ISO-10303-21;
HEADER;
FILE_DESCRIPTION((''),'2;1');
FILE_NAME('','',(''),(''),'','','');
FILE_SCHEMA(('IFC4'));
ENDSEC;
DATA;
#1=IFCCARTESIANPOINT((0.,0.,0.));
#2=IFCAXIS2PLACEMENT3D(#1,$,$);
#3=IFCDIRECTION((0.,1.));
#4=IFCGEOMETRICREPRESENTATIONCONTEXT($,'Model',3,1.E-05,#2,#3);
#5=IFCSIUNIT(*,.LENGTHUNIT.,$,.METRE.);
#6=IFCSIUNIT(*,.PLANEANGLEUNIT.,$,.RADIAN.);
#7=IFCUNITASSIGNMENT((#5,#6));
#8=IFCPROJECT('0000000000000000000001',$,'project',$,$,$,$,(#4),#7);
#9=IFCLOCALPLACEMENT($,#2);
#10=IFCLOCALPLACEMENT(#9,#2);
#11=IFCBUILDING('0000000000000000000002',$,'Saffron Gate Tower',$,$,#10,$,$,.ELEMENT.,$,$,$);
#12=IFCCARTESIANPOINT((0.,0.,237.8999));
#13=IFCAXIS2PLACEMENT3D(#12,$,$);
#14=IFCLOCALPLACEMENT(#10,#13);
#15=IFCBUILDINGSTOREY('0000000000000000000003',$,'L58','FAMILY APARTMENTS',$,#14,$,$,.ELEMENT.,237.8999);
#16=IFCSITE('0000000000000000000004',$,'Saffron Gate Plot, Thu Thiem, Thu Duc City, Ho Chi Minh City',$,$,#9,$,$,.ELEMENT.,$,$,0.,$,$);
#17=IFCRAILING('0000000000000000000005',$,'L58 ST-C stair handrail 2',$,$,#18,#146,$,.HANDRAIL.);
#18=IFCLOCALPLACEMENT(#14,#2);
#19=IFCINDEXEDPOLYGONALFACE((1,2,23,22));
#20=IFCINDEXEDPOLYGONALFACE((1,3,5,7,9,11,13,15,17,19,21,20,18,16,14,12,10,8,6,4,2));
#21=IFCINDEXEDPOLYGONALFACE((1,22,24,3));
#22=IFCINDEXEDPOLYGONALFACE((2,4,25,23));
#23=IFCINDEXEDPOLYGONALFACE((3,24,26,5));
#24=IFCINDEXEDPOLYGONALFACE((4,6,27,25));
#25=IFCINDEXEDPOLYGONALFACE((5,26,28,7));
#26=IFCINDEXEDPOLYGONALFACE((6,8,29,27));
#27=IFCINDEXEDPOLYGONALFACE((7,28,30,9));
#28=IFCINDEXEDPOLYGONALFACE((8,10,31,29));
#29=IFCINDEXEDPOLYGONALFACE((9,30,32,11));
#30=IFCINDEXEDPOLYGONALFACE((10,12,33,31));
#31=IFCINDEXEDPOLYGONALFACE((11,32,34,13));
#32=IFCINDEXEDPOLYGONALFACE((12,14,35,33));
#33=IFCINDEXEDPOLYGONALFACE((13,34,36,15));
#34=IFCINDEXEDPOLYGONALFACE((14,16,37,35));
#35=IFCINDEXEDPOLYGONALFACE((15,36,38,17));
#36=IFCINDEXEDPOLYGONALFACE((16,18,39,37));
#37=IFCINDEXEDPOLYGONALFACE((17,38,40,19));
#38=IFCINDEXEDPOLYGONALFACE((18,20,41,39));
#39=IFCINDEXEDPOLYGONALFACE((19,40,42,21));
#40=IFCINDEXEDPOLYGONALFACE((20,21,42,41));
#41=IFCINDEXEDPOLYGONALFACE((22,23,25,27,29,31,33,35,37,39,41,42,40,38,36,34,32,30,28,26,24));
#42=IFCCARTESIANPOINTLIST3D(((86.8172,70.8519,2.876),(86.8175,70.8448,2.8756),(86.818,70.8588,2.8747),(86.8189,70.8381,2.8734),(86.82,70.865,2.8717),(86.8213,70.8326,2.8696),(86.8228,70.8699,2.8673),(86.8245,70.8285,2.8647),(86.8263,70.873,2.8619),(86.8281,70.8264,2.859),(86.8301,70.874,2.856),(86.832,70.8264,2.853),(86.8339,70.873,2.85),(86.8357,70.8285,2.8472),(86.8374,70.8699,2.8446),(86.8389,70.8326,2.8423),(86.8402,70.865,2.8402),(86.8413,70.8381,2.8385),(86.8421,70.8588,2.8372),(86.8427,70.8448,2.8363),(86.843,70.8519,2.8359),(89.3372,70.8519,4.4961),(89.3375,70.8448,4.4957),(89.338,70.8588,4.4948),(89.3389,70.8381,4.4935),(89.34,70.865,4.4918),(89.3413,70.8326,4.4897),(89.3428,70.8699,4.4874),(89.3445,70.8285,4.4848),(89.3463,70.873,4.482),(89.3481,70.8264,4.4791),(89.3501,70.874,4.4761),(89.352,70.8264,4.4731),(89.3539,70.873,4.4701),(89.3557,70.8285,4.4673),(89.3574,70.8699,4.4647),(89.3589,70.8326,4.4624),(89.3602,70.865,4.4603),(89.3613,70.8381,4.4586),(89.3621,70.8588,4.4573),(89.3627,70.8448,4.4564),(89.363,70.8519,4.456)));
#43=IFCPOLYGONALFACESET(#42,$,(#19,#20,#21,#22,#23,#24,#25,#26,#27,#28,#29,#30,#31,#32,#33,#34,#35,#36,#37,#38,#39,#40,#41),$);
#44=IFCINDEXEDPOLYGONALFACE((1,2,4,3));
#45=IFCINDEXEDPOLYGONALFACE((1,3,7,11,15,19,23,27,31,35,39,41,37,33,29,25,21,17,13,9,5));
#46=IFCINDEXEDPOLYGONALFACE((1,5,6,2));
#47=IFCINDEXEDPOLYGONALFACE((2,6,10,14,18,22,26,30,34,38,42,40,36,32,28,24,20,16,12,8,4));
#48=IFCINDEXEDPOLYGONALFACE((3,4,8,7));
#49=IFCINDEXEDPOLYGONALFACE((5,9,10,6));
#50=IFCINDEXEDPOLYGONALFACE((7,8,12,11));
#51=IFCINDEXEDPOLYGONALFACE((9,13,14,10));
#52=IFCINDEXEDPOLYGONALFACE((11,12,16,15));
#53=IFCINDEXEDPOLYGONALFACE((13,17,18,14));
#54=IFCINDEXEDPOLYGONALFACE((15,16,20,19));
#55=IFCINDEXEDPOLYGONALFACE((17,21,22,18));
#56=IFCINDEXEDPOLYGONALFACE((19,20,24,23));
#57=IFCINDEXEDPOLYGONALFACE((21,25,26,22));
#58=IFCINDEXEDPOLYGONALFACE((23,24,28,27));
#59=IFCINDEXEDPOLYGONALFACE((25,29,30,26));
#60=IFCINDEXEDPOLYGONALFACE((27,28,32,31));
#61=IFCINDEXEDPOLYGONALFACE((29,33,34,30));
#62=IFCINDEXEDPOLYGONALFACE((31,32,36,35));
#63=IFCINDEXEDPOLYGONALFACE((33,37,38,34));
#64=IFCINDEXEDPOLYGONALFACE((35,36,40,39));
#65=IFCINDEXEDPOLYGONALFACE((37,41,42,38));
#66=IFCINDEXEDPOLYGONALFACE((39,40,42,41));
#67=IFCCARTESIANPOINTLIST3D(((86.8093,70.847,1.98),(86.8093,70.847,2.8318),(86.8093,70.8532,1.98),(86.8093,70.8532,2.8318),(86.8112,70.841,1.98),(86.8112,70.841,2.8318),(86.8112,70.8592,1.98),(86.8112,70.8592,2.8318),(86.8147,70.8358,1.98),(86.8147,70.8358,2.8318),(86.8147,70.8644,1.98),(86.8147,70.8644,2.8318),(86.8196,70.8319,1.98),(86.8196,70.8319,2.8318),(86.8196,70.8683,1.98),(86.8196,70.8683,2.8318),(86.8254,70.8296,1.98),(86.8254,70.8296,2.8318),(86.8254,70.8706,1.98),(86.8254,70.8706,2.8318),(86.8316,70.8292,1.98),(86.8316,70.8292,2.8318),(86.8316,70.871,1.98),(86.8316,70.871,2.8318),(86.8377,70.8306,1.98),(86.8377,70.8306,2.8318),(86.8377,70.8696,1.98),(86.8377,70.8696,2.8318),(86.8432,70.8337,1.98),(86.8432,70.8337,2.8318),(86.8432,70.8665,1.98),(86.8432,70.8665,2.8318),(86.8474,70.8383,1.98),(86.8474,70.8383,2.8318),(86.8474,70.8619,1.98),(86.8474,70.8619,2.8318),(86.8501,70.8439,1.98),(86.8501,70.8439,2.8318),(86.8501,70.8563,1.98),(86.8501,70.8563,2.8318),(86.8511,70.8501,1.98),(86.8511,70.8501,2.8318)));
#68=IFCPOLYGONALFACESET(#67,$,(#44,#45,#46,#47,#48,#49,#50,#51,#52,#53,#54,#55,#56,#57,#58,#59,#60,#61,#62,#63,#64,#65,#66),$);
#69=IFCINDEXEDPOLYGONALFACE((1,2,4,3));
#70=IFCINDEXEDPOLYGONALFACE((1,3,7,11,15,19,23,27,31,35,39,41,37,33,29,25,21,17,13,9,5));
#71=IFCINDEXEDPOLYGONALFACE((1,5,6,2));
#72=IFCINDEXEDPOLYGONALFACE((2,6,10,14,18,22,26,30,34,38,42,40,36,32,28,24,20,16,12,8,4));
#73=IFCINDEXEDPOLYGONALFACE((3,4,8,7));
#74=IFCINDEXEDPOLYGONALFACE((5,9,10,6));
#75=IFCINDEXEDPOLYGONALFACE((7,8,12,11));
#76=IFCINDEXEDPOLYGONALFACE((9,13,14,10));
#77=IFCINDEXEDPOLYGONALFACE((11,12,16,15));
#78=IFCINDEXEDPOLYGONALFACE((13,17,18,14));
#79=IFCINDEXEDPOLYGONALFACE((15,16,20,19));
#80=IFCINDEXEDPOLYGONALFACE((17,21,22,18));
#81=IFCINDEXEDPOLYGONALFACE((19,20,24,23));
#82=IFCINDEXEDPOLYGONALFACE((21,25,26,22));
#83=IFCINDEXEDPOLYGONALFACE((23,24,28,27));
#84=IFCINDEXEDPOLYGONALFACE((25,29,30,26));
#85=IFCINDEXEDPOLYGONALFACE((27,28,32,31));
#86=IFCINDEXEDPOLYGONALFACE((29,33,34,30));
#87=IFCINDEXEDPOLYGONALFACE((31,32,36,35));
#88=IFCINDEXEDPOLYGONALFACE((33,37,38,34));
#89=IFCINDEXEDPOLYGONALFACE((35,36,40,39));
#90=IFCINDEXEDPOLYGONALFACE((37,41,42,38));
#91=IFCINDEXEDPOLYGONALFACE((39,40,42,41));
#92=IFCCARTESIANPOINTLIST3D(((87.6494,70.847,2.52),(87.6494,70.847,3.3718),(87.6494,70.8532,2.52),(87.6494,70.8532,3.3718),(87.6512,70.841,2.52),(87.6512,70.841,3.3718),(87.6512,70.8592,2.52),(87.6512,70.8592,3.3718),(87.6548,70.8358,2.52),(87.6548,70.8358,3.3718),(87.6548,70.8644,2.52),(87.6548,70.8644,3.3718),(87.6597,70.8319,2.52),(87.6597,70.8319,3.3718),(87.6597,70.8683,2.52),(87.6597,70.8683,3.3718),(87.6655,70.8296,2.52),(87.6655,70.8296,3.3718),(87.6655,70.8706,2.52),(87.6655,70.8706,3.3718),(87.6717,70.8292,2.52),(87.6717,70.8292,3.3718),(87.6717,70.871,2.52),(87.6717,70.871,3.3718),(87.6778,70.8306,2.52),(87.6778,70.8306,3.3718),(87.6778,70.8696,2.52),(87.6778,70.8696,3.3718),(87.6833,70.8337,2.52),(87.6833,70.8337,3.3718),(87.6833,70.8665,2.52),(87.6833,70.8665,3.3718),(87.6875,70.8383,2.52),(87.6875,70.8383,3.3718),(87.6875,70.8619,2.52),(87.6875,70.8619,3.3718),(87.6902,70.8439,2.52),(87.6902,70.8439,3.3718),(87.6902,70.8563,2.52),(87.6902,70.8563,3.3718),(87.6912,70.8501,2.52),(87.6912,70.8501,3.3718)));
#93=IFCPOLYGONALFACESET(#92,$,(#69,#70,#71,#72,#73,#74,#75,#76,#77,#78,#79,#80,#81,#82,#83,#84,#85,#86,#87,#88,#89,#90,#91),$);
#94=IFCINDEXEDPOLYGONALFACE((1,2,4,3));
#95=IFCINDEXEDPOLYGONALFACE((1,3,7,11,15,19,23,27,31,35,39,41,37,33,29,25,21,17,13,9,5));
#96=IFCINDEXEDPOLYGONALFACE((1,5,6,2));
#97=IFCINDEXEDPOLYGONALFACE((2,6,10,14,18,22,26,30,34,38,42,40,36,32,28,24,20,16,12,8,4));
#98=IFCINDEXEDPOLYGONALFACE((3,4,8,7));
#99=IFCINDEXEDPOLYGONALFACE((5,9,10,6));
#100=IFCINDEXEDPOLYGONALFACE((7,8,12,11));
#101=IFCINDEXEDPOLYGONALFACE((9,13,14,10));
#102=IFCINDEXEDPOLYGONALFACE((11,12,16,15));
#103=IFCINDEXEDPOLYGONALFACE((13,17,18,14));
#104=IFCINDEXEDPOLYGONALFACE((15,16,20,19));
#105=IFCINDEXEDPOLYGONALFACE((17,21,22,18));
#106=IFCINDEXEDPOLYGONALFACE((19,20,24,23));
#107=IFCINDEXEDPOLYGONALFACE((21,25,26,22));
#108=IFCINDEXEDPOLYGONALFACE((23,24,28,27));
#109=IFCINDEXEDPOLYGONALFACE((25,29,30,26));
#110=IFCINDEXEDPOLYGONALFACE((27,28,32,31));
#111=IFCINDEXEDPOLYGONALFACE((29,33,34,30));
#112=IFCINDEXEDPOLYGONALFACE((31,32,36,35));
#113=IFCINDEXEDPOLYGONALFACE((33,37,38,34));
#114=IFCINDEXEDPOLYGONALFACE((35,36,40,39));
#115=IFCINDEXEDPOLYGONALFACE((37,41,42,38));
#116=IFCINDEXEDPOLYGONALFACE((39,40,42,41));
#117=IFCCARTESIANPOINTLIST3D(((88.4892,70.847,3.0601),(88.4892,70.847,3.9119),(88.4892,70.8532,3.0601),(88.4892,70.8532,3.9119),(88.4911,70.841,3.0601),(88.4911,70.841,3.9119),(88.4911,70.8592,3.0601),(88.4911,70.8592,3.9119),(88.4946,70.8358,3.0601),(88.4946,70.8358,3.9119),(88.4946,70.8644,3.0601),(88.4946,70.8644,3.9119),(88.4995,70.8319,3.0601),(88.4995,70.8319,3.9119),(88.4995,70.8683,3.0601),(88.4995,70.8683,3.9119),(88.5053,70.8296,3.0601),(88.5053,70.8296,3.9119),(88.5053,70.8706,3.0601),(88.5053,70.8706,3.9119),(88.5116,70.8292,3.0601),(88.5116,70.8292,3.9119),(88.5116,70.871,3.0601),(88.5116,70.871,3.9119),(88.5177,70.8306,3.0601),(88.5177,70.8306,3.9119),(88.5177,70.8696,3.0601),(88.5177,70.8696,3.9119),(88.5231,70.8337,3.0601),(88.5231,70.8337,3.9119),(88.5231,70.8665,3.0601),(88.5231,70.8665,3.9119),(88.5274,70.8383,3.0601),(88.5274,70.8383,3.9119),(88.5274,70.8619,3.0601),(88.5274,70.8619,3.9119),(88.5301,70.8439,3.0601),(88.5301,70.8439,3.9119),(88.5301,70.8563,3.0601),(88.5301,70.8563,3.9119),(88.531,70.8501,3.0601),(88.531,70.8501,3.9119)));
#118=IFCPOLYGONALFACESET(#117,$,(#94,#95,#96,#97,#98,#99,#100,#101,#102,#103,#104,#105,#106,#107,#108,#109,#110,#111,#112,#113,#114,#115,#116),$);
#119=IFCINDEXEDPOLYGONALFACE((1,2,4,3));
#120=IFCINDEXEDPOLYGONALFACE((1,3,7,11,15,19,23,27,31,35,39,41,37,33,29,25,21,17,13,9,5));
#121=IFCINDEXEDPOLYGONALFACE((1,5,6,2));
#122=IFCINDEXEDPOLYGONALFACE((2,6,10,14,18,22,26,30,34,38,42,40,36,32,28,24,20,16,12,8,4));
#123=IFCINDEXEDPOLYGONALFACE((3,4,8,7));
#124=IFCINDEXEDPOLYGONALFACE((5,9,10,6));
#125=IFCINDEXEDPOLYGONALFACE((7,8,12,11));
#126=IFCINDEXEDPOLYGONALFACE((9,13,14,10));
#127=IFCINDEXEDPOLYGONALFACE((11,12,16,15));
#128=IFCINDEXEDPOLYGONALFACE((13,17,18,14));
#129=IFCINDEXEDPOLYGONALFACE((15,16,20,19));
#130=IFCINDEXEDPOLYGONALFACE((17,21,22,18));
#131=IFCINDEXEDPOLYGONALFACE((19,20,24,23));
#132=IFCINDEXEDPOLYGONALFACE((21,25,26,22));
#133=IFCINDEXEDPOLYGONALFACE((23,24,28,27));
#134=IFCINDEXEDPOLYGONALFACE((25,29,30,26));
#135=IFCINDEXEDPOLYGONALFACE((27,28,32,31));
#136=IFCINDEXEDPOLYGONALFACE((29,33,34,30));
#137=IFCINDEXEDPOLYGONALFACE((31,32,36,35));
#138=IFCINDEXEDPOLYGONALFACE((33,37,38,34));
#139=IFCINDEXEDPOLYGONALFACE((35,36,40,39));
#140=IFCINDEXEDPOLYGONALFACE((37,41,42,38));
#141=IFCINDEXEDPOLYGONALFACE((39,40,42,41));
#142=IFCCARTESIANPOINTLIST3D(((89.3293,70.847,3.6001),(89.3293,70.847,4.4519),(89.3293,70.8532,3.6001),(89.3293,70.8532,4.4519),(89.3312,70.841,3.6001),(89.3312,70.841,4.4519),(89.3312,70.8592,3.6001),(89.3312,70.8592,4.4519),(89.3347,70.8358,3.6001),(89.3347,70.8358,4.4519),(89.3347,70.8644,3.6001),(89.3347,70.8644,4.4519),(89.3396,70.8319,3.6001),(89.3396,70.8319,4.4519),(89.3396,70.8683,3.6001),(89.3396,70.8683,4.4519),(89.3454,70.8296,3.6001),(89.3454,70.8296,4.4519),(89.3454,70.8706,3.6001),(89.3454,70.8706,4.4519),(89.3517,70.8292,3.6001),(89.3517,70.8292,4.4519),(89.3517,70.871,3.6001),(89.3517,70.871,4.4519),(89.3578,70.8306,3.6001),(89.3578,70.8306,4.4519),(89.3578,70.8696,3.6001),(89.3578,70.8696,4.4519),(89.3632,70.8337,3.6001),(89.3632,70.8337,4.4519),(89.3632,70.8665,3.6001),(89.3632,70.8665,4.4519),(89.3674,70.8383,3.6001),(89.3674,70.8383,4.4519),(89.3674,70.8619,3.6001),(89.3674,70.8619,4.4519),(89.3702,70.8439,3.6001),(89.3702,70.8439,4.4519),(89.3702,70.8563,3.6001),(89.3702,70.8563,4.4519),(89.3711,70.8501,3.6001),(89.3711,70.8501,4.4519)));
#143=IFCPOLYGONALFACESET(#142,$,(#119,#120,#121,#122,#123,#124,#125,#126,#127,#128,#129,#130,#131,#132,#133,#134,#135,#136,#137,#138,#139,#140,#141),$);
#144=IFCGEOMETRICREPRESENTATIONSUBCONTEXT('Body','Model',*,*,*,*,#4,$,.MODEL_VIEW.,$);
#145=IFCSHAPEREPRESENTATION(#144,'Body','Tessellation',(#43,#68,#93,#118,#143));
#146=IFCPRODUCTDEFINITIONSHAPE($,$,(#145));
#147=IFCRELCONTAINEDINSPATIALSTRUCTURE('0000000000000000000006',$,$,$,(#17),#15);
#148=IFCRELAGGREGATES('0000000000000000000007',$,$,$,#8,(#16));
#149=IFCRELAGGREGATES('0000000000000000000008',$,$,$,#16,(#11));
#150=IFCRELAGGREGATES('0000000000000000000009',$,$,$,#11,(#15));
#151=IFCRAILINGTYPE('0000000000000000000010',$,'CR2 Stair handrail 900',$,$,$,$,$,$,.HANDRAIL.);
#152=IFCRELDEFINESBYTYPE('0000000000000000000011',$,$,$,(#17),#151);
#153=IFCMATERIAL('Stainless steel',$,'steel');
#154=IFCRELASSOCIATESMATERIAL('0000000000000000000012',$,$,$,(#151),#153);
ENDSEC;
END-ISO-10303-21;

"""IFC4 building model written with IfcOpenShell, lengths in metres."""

from ifc_helpers import new_model, si_unit, direction, frame, origin, origin_2d, place, context, subcontext, project, spatial, circle, extrude, material, type_object, element, save


model = new_model("IFC4")

# Units and contexts
model_context = context("Model", 3, precision=1e-05, world=origin(), true_north=direction((0.0, 1.0)))
body_context = subcontext(model_context, "Body", "Model", "MODEL_VIEW")
ifc_project = project(units=[si_unit("LENGTHUNIT", "METRE"), si_unit("PLANEANGLEUNIT", "RADIAN")], contexts=[model_context])

# Site, building, storey
site_placement = place(None, origin())
site = spatial("IfcSite", under=ifc_project, at=site_placement, Name="Saffron Gate Plot, Thu Thiem, Thu Duc City, Ho Chi Minh City", CompositionType="ELEMENT", RefElevation=0.0)
building_placement = place(site_placement, origin())
building = spatial("IfcBuilding", under=site, at=building_placement, Name="Saffron Gate Tower", CompositionType="ELEMENT")
storey_placement = place(building_placement, frame((0.0, 0.0, 237.8999)))
storey = spatial("IfcBuildingStorey", under=building, at=storey_placement, Name="L58", Description="FAMILY APARTMENTS", CompositionType="ELEMENT", Elevation=237.8999)

# Railing
ifc_material_1 = material(Name="Stainless steel", Category="steel")
railing_type_1 = type_object("IfcRailingType", Name="CR2 Stair handrail 900", PredefinedType="HANDRAIL", material=ifc_material_1)
railing_1_placement = place(storey_placement, frame((86.8301, 70.8501, 1.98)))
element("IfcRailing", 1, at=railing_1_placement, inside=storey, type_object=railing_type_1, Name="L58 ST-C stair handrail 2", PredefinedType="HANDRAIL", context=body_context, shape_type="SweptSolid", body=[
    extrude(circle(Radius=0.0239, at=origin_2d()), frame((0.0, 0.0, 0.876), z_axis=(0.841163, 0.0, 0.540782), x_axis=(0.0, 1.0, 0.0)), (0.0, 0.0, 1.0), 2.9958),
    extrude(circle(Radius=0.021, at=origin_2d()), origin(), (0.0, 0.0, 1.0), 0.8518),
    extrude(circle(Radius=0.021, at=origin_2d()), frame((0.8401, 0.0, 0.54)), (0.0, 0.0, 1.0), 0.8518),
    extrude(circle(Radius=0.021, at=origin_2d()), frame((1.6799, 0.0, 1.0801)), (0.0, 0.0, 1.0), 0.8518),
    extrude(circle(Radius=0.021, at=origin_2d()), frame((2.52, 0.0, 1.6201)), (0.0, 0.0, 1.0), 0.8518),
])

save(model, "model.ifc")
